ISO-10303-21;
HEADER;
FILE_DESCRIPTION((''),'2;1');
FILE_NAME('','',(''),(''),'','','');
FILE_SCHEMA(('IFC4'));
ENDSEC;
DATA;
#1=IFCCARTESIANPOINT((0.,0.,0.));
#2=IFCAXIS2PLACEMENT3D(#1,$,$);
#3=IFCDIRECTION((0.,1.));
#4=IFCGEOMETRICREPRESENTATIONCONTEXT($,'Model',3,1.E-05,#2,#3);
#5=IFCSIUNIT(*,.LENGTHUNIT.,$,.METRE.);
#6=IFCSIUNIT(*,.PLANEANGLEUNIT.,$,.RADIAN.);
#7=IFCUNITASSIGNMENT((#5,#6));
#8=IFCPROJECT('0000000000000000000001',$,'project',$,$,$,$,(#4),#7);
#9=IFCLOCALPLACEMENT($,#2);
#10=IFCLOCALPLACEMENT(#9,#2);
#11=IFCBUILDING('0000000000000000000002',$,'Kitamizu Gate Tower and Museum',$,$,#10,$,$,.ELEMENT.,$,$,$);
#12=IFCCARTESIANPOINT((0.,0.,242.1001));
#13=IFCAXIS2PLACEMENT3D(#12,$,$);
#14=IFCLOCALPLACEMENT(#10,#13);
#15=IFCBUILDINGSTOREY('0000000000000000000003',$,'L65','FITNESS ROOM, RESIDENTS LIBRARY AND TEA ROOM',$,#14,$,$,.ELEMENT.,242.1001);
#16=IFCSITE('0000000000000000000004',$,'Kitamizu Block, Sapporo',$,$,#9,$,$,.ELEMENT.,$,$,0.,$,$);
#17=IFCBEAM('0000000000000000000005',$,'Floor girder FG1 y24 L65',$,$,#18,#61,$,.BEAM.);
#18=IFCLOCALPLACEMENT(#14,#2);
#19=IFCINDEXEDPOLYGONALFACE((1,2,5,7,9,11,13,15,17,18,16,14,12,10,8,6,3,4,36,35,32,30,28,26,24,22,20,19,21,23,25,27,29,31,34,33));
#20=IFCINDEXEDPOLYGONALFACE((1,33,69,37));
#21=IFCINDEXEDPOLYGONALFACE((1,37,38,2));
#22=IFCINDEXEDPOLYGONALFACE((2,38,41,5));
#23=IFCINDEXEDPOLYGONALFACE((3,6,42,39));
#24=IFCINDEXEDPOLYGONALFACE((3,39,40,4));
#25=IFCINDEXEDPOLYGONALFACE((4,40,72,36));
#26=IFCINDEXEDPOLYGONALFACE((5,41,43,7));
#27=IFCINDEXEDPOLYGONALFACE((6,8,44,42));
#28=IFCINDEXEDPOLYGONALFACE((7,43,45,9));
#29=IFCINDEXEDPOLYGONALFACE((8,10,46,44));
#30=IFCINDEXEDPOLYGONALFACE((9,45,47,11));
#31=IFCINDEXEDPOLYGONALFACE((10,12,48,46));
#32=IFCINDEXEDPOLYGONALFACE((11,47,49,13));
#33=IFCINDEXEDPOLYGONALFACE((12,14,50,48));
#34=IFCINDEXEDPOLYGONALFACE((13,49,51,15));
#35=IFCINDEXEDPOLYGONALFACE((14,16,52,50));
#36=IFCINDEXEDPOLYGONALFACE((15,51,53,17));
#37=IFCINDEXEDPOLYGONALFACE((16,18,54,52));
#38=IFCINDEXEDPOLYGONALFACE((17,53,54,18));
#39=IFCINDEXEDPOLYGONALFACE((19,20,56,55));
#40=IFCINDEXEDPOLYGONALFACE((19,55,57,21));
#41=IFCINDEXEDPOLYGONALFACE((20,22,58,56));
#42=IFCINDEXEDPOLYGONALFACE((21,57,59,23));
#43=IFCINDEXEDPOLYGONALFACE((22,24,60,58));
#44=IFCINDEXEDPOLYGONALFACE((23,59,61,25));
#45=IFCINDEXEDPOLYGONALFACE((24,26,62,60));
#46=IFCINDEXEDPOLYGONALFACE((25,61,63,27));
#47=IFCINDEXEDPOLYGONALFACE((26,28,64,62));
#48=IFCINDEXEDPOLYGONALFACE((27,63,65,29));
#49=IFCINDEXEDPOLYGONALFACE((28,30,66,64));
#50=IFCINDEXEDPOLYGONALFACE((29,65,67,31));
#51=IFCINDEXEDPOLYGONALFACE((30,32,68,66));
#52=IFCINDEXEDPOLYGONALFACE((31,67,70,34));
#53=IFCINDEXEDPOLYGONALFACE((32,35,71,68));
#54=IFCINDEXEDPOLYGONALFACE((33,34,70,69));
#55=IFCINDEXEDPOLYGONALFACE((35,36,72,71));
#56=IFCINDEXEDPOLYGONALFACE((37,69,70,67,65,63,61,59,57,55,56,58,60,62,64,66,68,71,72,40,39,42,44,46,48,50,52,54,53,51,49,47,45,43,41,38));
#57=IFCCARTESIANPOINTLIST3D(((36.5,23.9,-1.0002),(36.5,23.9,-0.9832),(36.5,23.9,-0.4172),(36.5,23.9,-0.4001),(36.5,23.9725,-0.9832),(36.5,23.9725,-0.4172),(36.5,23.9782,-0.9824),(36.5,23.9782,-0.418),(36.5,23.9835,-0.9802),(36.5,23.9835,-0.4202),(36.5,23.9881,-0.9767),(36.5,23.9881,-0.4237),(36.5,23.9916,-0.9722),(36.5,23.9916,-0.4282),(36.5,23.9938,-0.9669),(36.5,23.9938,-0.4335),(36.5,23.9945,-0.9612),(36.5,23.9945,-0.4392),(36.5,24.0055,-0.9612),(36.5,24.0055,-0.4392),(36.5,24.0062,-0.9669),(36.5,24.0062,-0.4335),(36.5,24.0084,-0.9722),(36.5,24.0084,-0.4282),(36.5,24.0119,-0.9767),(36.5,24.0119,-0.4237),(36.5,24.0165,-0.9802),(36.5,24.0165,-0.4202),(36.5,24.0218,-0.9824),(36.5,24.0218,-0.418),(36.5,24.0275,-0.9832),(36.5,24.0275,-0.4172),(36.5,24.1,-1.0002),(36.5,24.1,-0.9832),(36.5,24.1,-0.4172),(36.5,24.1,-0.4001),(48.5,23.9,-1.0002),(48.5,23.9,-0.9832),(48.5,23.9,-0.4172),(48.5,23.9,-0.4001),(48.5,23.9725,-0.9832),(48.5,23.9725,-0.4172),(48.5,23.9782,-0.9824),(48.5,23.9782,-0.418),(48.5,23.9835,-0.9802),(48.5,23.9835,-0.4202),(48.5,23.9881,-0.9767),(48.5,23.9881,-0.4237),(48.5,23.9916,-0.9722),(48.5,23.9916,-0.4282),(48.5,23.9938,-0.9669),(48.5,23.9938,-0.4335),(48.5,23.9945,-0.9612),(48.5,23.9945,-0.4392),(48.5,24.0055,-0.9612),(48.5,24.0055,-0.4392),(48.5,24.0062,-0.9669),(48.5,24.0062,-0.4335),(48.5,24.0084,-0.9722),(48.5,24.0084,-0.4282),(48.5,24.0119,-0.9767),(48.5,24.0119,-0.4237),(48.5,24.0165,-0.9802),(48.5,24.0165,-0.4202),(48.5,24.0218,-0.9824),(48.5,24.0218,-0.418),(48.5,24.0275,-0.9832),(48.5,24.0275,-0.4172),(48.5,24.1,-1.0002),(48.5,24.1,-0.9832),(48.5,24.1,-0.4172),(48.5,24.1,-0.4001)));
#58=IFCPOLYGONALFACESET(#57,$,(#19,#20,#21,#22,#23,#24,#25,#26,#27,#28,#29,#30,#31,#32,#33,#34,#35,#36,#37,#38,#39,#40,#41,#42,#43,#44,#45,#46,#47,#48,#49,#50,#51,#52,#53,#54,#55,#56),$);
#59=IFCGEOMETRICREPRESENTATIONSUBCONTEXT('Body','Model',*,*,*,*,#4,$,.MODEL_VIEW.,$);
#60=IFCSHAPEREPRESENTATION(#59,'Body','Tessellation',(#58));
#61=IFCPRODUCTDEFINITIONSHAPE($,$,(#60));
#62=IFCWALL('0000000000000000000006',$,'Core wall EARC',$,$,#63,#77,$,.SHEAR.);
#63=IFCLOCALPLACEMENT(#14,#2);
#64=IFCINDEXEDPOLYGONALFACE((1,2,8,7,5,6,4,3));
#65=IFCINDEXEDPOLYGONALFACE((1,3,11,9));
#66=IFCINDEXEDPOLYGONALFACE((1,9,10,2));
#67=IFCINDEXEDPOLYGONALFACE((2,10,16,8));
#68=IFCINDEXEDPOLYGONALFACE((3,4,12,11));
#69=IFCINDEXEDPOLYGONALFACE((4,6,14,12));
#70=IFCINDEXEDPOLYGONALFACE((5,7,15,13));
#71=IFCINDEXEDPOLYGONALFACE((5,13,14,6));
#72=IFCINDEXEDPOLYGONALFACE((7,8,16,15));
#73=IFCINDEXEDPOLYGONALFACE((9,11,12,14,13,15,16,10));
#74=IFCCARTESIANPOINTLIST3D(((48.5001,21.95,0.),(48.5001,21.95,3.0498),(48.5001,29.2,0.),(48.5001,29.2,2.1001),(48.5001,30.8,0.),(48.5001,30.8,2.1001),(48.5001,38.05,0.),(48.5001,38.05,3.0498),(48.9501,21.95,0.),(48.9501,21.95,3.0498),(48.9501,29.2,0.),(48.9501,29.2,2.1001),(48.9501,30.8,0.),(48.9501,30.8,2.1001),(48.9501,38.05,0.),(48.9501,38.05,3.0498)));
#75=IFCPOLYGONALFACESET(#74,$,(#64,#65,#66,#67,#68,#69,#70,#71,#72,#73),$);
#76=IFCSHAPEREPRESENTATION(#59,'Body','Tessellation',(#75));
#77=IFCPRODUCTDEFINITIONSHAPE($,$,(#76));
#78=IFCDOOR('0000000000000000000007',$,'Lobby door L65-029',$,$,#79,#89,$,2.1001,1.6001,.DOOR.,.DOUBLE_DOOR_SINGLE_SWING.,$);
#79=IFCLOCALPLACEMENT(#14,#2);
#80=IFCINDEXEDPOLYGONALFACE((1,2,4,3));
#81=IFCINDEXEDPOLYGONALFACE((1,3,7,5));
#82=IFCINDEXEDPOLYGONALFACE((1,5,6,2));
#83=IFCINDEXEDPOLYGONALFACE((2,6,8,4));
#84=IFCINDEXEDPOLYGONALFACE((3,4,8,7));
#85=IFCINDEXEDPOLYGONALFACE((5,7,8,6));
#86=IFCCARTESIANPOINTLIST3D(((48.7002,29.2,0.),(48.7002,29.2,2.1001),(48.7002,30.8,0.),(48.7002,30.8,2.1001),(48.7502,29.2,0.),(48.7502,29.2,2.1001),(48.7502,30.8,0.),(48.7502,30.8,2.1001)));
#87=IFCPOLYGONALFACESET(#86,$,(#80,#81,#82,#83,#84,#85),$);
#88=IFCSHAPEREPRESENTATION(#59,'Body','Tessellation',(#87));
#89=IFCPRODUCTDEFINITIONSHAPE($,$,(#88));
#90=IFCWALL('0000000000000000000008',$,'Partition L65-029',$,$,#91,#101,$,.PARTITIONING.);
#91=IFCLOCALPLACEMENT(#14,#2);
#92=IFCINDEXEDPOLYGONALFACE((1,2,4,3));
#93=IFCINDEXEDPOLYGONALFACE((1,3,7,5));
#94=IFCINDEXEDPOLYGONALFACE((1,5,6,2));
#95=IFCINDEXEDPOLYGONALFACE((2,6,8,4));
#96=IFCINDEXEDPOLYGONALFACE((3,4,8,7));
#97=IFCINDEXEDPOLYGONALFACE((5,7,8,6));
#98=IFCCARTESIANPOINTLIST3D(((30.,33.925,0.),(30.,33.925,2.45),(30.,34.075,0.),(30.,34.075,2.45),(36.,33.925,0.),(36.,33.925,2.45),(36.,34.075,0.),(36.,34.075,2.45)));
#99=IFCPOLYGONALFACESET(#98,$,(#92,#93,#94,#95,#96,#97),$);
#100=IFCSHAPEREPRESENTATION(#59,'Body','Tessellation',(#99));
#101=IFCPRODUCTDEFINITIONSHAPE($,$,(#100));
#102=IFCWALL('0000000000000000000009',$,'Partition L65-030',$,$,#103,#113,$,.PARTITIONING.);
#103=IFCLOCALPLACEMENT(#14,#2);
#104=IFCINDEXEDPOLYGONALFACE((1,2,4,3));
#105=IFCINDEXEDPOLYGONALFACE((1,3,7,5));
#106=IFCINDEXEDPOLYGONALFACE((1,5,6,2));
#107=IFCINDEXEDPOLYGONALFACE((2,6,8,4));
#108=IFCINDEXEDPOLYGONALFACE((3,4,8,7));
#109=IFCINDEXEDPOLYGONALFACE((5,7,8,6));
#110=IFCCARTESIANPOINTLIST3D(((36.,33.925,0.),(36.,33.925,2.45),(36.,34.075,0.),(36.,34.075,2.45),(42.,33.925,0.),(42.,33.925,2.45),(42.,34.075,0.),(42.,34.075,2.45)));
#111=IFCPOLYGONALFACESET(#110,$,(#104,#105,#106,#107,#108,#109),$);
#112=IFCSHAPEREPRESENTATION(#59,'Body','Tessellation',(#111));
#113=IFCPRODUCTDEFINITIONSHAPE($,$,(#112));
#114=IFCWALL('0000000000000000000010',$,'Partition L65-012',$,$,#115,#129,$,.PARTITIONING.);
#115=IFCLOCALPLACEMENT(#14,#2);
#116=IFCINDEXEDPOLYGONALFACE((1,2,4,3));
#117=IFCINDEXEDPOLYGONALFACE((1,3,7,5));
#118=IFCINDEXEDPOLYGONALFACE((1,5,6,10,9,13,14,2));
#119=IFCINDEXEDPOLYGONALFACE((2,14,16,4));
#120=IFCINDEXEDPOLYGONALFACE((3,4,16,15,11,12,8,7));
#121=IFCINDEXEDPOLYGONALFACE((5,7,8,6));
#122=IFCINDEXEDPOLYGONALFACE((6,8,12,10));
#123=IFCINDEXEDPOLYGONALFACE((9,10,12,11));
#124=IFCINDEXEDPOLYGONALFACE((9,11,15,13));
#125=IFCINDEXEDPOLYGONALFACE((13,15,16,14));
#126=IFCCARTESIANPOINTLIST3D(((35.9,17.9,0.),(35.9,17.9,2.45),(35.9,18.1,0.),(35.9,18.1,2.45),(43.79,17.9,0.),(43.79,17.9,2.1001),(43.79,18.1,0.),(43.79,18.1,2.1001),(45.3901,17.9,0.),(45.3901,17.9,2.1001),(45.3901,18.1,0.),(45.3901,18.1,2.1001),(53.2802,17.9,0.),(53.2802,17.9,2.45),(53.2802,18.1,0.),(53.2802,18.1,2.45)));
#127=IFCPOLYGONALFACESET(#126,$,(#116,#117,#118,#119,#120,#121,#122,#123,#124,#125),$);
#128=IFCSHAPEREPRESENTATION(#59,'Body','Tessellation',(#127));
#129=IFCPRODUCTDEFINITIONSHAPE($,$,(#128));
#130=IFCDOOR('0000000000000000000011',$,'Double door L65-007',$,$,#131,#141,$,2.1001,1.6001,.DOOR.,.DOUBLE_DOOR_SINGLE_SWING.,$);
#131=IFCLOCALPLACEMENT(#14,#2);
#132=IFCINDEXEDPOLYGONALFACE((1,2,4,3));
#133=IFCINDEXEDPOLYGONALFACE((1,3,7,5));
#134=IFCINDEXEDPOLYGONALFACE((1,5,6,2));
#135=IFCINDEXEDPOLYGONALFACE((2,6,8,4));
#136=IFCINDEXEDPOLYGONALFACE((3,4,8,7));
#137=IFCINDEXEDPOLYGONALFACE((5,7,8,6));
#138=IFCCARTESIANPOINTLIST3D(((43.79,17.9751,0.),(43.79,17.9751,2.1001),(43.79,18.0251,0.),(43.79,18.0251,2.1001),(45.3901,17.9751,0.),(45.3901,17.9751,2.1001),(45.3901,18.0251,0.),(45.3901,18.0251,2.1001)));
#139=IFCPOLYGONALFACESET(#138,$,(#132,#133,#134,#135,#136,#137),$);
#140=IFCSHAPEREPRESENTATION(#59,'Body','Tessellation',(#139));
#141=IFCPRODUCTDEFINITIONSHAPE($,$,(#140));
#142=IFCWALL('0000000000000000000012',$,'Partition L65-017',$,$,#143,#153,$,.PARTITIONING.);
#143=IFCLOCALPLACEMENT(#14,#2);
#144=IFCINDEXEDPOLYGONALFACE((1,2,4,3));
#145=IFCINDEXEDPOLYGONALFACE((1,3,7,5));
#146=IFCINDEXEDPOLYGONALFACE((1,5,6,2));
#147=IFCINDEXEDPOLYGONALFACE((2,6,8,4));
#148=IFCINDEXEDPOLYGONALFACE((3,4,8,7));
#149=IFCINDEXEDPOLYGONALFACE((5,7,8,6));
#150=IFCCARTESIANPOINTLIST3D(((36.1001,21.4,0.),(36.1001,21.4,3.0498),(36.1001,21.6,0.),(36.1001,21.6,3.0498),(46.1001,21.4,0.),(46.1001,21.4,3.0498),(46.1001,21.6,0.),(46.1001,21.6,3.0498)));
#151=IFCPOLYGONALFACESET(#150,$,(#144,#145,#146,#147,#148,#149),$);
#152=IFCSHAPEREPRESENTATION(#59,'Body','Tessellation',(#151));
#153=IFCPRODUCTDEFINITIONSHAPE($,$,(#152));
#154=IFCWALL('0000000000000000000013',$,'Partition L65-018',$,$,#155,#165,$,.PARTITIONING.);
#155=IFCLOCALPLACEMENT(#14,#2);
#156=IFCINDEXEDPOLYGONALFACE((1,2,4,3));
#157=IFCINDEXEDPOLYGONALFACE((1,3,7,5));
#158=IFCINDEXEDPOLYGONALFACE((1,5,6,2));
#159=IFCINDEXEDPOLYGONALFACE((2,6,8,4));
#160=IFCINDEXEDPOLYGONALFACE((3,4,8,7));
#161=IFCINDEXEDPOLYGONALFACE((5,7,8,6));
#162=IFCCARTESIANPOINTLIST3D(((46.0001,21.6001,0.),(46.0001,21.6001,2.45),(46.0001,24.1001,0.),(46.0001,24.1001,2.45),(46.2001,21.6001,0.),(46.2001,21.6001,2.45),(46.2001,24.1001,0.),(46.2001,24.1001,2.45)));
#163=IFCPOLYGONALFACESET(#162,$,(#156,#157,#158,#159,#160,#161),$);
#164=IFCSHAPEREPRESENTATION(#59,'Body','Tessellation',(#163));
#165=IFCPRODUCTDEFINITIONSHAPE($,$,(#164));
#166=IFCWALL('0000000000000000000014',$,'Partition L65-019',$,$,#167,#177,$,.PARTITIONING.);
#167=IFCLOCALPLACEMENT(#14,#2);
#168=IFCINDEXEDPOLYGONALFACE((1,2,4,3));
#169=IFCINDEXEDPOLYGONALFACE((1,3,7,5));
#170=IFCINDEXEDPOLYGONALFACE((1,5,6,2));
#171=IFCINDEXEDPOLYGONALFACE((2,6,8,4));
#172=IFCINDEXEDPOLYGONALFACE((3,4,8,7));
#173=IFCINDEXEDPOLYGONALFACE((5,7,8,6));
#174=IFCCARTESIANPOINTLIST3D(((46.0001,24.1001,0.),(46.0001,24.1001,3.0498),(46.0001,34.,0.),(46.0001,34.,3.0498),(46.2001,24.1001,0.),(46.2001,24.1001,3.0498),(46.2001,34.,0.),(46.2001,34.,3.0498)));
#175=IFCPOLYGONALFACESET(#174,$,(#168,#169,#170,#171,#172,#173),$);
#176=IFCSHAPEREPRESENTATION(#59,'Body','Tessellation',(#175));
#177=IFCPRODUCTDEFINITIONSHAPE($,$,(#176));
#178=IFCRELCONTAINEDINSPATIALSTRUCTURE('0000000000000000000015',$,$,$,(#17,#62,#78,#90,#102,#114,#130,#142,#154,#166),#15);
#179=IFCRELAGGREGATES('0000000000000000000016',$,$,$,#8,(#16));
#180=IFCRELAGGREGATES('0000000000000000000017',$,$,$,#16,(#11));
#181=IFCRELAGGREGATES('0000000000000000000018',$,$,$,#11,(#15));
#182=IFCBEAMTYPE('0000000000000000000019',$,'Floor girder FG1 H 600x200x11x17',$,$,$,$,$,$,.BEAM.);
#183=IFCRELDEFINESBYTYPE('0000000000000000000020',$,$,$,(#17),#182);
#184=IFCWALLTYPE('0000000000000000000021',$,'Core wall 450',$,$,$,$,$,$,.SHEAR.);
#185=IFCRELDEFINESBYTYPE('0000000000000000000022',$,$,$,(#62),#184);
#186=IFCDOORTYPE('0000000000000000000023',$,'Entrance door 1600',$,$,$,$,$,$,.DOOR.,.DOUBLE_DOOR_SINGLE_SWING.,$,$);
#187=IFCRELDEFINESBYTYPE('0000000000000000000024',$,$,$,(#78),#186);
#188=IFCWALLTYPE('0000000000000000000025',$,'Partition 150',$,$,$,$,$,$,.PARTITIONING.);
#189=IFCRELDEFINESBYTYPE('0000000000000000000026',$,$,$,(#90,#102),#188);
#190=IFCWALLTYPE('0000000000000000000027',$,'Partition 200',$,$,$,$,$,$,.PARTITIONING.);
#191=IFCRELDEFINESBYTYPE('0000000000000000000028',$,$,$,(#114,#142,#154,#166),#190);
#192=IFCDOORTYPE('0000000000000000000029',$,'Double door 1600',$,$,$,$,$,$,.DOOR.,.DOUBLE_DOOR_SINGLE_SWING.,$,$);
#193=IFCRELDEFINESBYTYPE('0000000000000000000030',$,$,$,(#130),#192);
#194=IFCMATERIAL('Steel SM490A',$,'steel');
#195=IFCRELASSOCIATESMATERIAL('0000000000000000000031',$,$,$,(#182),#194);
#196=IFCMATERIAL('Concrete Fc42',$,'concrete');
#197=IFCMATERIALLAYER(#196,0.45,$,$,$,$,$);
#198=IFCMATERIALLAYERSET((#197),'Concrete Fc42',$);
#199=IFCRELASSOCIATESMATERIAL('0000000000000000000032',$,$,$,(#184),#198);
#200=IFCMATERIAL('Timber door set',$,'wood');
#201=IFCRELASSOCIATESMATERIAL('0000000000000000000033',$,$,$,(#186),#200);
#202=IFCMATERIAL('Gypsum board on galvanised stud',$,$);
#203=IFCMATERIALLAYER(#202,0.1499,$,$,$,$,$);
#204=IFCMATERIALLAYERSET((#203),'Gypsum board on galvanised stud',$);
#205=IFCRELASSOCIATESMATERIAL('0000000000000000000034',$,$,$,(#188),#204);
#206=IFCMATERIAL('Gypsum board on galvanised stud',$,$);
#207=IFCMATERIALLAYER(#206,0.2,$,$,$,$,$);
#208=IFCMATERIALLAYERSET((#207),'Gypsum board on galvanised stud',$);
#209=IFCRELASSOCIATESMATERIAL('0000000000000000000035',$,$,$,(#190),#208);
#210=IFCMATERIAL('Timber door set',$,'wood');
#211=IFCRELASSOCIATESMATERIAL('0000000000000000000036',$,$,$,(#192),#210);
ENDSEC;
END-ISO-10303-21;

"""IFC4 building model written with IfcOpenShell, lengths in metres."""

from ifc_helpers import new_model, si_unit, direction, frame, frame_2d, origin, origin_2d, place, context, subcontext, project, spatial, rectangle, i_section, extrude, material, layer, layer_set, material_profile, profile_set, type_object, element, fill, save


model = new_model("IFC4")

# Units and contexts
model_context = context("Model", 3, precision=1e-05, world=origin(), true_north=direction((0.0, 1.0)))
body_context = subcontext(model_context, "Body", "Model", "MODEL_VIEW")
ifc_project = project(units=[si_unit("LENGTHUNIT", "METRE"), si_unit("PLANEANGLEUNIT", "RADIAN")], contexts=[model_context])

# Site, building, storey
site_placement = place(None, origin())
site = spatial("IfcSite", under=ifc_project, at=site_placement, Name="Kitamizu Block, Sapporo", CompositionType="ELEMENT", RefElevation=0.0)
building_placement = place(site_placement, origin())
building = spatial("IfcBuilding", under=site, at=building_placement, Name="Kitamizu Gate Tower and Museum", CompositionType="ELEMENT")
storey_placement = place(building_placement, frame((0.0, 0.0, 242.1001)))
storey = spatial("IfcBuildingStorey", under=building, at=storey_placement, Name="L65", Description="FITNESS ROOM, RESIDENTS LIBRARY AND TEA ROOM", CompositionType="ELEMENT", Elevation=242.1001)

# Beam
ifc_material_1 = material(Name="Steel SM490A", Category="steel")
ifc_material_profile_1 = material_profile(ifc_material_1, i_section(OverallWidth=0.2, OverallDepth=0.6001, WebThickness=0.011, FlangeThickness=0.0171, FilletRadius=0.022, at=origin_2d()), Name="H-600x200x11x17")
ifc_profile_set_1 = profile_set([ifc_material_profile_1], Name="Steel SM490A")
beam_type_1 = type_object("IfcBeamType", Name="Floor girder FG1 H 600x200x11x17", PredefinedType="BEAM", material=ifc_profile_set_1)
beam_1_placement = place(storey_placement, frame((36.5, 24.0, -0.7002), z_axis=(1.0, 0.0, 0.0), x_axis=(0.0, 1.0, 0.0)))
element("IfcBeam", 1, at=beam_1_placement, inside=storey, type_object=beam_type_1, Name="Floor girder FG1 y24 L65", PredefinedType="BEAM", context=body_context, shape_type="SweptSolid", body=[
    extrude(i_section(OverallWidth=0.2, OverallDepth=0.6001, WebThickness=0.011, FlangeThickness=0.0171, FilletRadius=0.022, at=origin_2d()), origin(), (0.0, 0.0, 1.0), 12.0),
])

# Wall, opening, door
ifc_material_2 = material(Name="Concrete Fc42", Category="concrete")
ifc_layer_1 = layer(ifc_material_2, 0.45)
ifc_layer_set_1 = layer_set([ifc_layer_1], Name="Concrete Fc42")
wall_type_1 = type_object("IfcWallType", Name="Core wall 450", PredefinedType="SHEAR", material=ifc_layer_set_1)
wall_1_placement = place(storey_placement, frame((48.7251, 21.95, 0.0), z_axis=(0.0, 0.0, 1.0), x_axis=(0.0, 1.0, 0.0)))
wall_1 = element("IfcWall", 2, at=wall_1_placement, inside=storey, type_object=wall_type_1, Name="Core wall EARC", PredefinedType="SHEAR", context=body_context, shape_type="SweptSolid", body=[
    extrude(rectangle(XDim=16.1001, YDim=0.45, at=frame_2d((8.05, 0.0))), origin(), (0.0, 0.0, 1.0), 3.0498),
])
opening_1_placement = place(wall_1_placement, frame((7.25, 0.0, 0.0)))
opening_1 = element("IfcOpeningElement", 3, at=opening_1_placement, cuts=wall_1, PredefinedType="OPENING", context=body_context, shape_type="SweptSolid", body=[
    extrude(rectangle(XDim=1.6001, YDim=2.1001, at=frame_2d((0.8, 1.05))), frame((0.0, 0.2349, 0.0), z_axis=(0.0, -1.0, 0.0), x_axis=(1.0, 0.0, 0.0)), (0.0, 0.0, 1.0), 0.47),
])
ifc_material_3 = material(Name="Timber door set", Category="wood")
door_type_1 = type_object("IfcDoorType", Name="Entrance door 1600", OperationType="DOUBLE_DOOR_SINGLE_SWING", PredefinedType="DOOR", material=ifc_material_3)
door_1_placement = place(opening_1_placement, origin())
door_1 = element("IfcDoor", 4, at=door_1_placement, inside=storey, type_object=door_type_1, Name="Lobby door L65-029", OperationType="DOUBLE_DOOR_SINGLE_SWING", OverallHeight=2.1001, OverallWidth=1.6001, PredefinedType="DOOR", context=body_context, shape_type="SweptSolid", body=[
    extrude(rectangle(XDim=1.6001, YDim=2.1001, at=frame_2d((0.8, 1.05))), frame((0.0, 0.0249, 0.0), z_axis=(0.0, -1.0, 0.0), x_axis=(1.0, 0.0, 0.0)), (0.0, 0.0, 1.0), 0.05),
])
fill(opening_1, door_1)

# Walls
ifc_material_4 = material(Name="Gypsum board on galvanised stud")
ifc_layer_2 = layer(ifc_material_4, 0.1499)
ifc_layer_set_2 = layer_set([ifc_layer_2], Name="Gypsum board on galvanised stud")
wall_type_2 = type_object("IfcWallType", Name="Partition 150", PredefinedType="PARTITIONING", material=ifc_layer_set_2)
for number, where, z_axis, x_axis, name in (
    (5, (36.0, 34.0, 0.0), (0.0, 0.0, 1.0), (-1.0, 0.0, 0.0), "Partition L65-029"),
    (6, (42.0, 34.0, 0.0), (0.0, 0.0, 1.0), (-1.0, 0.0, 0.0), "Partition L65-030"),
):
    element("IfcWall", number, at=place(storey_placement, frame(where, z_axis=z_axis, x_axis=x_axis)), inside=storey, type_object=wall_type_2, Name=name, PredefinedType="PARTITIONING", context=body_context, shape_type="SweptSolid", body=[
        extrude(rectangle(XDim=6.0, YDim=0.1499, at=frame_2d((3.0, 0.0))), origin(), (0.0, 0.0, 1.0), 2.45),
    ])

# Wall, opening, door
ifc_material_5 = material(Name="Gypsum board on galvanised stud")
ifc_layer_3 = layer(ifc_material_5, 0.2)
ifc_layer_set_3 = layer_set([ifc_layer_3], Name="Gypsum board on galvanised stud")
wall_type_3 = type_object("IfcWallType", Name="Partition 200", PredefinedType="PARTITIONING", material=ifc_layer_set_3)
wall_2_placement = place(storey_placement, frame((53.28, 18.0, 0.0), z_axis=(0.0, 0.0, 1.0), x_axis=(-1.0, 0.0, 0.0)))
wall_2 = element("IfcWall", 7, at=wall_2_placement, inside=storey, type_object=wall_type_3, Name="Partition L65-012", PredefinedType="PARTITIONING", context=body_context, shape_type="SweptSolid", body=[
    extrude(rectangle(XDim=17.3801, YDim=0.2, at=frame_2d((8.6899, 0.0))), origin(), (0.0, 0.0, 1.0), 2.45),
])
opening_2_placement = place(wall_2_placement, frame((7.8899, 0.0, 0.0)))
opening_2 = element("IfcOpeningElement", 8, at=opening_2_placement, cuts=wall_2, PredefinedType="OPENING", context=body_context, shape_type="SweptSolid", body=[
    extrude(rectangle(XDim=1.6001, YDim=2.1001, at=frame_2d((0.8, 1.05))), frame((0.0, 0.1099, 0.0), z_axis=(0.0, -1.0, 0.0), x_axis=(1.0, 0.0, 0.0)), (0.0, 0.0, 1.0), 0.22),
])
ifc_material_6 = material(Name="Timber door set", Category="wood")
door_type_2 = type_object("IfcDoorType", Name="Double door 1600", OperationType="DOUBLE_DOOR_SINGLE_SWING", PredefinedType="DOOR", material=ifc_material_6)
door_2_placement = place(opening_2_placement, origin())
door_2 = element("IfcDoor", 9, at=door_2_placement, inside=storey, type_object=door_type_2, Name="Double door L65-007", OperationType="DOUBLE_DOOR_SINGLE_SWING", OverallHeight=2.1001, OverallWidth=1.6001, PredefinedType="DOOR", context=body_context, shape_type="SweptSolid", body=[
    extrude(rectangle(XDim=1.6001, YDim=2.1001, at=frame_2d((0.8, 1.05))), frame((0.0, 0.0249, 0.0), z_axis=(0.0, -1.0, 0.0), x_axis=(1.0, 0.0, 0.0)), (0.0, 0.0, 1.0), 0.05),
])
fill(opening_2, door_2)

# Walls
wall_3_placement = place(storey_placement, frame((36.1001, 21.5, 0.0), z_axis=(0.0, 0.0, 1.0), x_axis=(1.0, 0.0, 0.0)))
element("IfcWall", 10, at=wall_3_placement, inside=storey, type_object=wall_type_3, Name="Partition L65-017", PredefinedType="PARTITIONING", context=body_context, shape_type="SweptSolid", body=[
    extrude(rectangle(XDim=10.0, YDim=0.2, at=frame_2d((5.0, 0.0))), origin(), (0.0, 0.0, 1.0), 3.0498),
])
wall_4_placement = place(storey_placement, frame((46.1001, 21.6001, 0.0), z_axis=(0.0, 0.0, 1.0), x_axis=(0.0, 1.0, 0.0)))
element("IfcWall", 11, at=wall_4_placement, inside=storey, type_object=wall_type_3, Name="Partition L65-018", PredefinedType="PARTITIONING", context=body_context, shape_type="SweptSolid", body=[
    extrude(rectangle(XDim=2.5, YDim=0.2, at=frame_2d((1.25, 0.0))), origin(), (0.0, 0.0, 1.0), 2.45),
])
wall_5_placement = place(storey_placement, frame((46.1001, 24.1001, 0.0), z_axis=(0.0, 0.0, 1.0), x_axis=(0.0, 1.0, 0.0)))
element("IfcWall", 12, at=wall_5_placement, inside=storey, type_object=wall_type_3, Name="Partition L65-019", PredefinedType="PARTITIONING", context=body_context, shape_type="SweptSolid", body=[
    extrude(rectangle(XDim=9.8999, YDim=0.2, at=frame_2d((4.95, 0.0))), origin(), (0.0, 0.0, 1.0), 3.0498),
])

save(model, "model.ifc")
